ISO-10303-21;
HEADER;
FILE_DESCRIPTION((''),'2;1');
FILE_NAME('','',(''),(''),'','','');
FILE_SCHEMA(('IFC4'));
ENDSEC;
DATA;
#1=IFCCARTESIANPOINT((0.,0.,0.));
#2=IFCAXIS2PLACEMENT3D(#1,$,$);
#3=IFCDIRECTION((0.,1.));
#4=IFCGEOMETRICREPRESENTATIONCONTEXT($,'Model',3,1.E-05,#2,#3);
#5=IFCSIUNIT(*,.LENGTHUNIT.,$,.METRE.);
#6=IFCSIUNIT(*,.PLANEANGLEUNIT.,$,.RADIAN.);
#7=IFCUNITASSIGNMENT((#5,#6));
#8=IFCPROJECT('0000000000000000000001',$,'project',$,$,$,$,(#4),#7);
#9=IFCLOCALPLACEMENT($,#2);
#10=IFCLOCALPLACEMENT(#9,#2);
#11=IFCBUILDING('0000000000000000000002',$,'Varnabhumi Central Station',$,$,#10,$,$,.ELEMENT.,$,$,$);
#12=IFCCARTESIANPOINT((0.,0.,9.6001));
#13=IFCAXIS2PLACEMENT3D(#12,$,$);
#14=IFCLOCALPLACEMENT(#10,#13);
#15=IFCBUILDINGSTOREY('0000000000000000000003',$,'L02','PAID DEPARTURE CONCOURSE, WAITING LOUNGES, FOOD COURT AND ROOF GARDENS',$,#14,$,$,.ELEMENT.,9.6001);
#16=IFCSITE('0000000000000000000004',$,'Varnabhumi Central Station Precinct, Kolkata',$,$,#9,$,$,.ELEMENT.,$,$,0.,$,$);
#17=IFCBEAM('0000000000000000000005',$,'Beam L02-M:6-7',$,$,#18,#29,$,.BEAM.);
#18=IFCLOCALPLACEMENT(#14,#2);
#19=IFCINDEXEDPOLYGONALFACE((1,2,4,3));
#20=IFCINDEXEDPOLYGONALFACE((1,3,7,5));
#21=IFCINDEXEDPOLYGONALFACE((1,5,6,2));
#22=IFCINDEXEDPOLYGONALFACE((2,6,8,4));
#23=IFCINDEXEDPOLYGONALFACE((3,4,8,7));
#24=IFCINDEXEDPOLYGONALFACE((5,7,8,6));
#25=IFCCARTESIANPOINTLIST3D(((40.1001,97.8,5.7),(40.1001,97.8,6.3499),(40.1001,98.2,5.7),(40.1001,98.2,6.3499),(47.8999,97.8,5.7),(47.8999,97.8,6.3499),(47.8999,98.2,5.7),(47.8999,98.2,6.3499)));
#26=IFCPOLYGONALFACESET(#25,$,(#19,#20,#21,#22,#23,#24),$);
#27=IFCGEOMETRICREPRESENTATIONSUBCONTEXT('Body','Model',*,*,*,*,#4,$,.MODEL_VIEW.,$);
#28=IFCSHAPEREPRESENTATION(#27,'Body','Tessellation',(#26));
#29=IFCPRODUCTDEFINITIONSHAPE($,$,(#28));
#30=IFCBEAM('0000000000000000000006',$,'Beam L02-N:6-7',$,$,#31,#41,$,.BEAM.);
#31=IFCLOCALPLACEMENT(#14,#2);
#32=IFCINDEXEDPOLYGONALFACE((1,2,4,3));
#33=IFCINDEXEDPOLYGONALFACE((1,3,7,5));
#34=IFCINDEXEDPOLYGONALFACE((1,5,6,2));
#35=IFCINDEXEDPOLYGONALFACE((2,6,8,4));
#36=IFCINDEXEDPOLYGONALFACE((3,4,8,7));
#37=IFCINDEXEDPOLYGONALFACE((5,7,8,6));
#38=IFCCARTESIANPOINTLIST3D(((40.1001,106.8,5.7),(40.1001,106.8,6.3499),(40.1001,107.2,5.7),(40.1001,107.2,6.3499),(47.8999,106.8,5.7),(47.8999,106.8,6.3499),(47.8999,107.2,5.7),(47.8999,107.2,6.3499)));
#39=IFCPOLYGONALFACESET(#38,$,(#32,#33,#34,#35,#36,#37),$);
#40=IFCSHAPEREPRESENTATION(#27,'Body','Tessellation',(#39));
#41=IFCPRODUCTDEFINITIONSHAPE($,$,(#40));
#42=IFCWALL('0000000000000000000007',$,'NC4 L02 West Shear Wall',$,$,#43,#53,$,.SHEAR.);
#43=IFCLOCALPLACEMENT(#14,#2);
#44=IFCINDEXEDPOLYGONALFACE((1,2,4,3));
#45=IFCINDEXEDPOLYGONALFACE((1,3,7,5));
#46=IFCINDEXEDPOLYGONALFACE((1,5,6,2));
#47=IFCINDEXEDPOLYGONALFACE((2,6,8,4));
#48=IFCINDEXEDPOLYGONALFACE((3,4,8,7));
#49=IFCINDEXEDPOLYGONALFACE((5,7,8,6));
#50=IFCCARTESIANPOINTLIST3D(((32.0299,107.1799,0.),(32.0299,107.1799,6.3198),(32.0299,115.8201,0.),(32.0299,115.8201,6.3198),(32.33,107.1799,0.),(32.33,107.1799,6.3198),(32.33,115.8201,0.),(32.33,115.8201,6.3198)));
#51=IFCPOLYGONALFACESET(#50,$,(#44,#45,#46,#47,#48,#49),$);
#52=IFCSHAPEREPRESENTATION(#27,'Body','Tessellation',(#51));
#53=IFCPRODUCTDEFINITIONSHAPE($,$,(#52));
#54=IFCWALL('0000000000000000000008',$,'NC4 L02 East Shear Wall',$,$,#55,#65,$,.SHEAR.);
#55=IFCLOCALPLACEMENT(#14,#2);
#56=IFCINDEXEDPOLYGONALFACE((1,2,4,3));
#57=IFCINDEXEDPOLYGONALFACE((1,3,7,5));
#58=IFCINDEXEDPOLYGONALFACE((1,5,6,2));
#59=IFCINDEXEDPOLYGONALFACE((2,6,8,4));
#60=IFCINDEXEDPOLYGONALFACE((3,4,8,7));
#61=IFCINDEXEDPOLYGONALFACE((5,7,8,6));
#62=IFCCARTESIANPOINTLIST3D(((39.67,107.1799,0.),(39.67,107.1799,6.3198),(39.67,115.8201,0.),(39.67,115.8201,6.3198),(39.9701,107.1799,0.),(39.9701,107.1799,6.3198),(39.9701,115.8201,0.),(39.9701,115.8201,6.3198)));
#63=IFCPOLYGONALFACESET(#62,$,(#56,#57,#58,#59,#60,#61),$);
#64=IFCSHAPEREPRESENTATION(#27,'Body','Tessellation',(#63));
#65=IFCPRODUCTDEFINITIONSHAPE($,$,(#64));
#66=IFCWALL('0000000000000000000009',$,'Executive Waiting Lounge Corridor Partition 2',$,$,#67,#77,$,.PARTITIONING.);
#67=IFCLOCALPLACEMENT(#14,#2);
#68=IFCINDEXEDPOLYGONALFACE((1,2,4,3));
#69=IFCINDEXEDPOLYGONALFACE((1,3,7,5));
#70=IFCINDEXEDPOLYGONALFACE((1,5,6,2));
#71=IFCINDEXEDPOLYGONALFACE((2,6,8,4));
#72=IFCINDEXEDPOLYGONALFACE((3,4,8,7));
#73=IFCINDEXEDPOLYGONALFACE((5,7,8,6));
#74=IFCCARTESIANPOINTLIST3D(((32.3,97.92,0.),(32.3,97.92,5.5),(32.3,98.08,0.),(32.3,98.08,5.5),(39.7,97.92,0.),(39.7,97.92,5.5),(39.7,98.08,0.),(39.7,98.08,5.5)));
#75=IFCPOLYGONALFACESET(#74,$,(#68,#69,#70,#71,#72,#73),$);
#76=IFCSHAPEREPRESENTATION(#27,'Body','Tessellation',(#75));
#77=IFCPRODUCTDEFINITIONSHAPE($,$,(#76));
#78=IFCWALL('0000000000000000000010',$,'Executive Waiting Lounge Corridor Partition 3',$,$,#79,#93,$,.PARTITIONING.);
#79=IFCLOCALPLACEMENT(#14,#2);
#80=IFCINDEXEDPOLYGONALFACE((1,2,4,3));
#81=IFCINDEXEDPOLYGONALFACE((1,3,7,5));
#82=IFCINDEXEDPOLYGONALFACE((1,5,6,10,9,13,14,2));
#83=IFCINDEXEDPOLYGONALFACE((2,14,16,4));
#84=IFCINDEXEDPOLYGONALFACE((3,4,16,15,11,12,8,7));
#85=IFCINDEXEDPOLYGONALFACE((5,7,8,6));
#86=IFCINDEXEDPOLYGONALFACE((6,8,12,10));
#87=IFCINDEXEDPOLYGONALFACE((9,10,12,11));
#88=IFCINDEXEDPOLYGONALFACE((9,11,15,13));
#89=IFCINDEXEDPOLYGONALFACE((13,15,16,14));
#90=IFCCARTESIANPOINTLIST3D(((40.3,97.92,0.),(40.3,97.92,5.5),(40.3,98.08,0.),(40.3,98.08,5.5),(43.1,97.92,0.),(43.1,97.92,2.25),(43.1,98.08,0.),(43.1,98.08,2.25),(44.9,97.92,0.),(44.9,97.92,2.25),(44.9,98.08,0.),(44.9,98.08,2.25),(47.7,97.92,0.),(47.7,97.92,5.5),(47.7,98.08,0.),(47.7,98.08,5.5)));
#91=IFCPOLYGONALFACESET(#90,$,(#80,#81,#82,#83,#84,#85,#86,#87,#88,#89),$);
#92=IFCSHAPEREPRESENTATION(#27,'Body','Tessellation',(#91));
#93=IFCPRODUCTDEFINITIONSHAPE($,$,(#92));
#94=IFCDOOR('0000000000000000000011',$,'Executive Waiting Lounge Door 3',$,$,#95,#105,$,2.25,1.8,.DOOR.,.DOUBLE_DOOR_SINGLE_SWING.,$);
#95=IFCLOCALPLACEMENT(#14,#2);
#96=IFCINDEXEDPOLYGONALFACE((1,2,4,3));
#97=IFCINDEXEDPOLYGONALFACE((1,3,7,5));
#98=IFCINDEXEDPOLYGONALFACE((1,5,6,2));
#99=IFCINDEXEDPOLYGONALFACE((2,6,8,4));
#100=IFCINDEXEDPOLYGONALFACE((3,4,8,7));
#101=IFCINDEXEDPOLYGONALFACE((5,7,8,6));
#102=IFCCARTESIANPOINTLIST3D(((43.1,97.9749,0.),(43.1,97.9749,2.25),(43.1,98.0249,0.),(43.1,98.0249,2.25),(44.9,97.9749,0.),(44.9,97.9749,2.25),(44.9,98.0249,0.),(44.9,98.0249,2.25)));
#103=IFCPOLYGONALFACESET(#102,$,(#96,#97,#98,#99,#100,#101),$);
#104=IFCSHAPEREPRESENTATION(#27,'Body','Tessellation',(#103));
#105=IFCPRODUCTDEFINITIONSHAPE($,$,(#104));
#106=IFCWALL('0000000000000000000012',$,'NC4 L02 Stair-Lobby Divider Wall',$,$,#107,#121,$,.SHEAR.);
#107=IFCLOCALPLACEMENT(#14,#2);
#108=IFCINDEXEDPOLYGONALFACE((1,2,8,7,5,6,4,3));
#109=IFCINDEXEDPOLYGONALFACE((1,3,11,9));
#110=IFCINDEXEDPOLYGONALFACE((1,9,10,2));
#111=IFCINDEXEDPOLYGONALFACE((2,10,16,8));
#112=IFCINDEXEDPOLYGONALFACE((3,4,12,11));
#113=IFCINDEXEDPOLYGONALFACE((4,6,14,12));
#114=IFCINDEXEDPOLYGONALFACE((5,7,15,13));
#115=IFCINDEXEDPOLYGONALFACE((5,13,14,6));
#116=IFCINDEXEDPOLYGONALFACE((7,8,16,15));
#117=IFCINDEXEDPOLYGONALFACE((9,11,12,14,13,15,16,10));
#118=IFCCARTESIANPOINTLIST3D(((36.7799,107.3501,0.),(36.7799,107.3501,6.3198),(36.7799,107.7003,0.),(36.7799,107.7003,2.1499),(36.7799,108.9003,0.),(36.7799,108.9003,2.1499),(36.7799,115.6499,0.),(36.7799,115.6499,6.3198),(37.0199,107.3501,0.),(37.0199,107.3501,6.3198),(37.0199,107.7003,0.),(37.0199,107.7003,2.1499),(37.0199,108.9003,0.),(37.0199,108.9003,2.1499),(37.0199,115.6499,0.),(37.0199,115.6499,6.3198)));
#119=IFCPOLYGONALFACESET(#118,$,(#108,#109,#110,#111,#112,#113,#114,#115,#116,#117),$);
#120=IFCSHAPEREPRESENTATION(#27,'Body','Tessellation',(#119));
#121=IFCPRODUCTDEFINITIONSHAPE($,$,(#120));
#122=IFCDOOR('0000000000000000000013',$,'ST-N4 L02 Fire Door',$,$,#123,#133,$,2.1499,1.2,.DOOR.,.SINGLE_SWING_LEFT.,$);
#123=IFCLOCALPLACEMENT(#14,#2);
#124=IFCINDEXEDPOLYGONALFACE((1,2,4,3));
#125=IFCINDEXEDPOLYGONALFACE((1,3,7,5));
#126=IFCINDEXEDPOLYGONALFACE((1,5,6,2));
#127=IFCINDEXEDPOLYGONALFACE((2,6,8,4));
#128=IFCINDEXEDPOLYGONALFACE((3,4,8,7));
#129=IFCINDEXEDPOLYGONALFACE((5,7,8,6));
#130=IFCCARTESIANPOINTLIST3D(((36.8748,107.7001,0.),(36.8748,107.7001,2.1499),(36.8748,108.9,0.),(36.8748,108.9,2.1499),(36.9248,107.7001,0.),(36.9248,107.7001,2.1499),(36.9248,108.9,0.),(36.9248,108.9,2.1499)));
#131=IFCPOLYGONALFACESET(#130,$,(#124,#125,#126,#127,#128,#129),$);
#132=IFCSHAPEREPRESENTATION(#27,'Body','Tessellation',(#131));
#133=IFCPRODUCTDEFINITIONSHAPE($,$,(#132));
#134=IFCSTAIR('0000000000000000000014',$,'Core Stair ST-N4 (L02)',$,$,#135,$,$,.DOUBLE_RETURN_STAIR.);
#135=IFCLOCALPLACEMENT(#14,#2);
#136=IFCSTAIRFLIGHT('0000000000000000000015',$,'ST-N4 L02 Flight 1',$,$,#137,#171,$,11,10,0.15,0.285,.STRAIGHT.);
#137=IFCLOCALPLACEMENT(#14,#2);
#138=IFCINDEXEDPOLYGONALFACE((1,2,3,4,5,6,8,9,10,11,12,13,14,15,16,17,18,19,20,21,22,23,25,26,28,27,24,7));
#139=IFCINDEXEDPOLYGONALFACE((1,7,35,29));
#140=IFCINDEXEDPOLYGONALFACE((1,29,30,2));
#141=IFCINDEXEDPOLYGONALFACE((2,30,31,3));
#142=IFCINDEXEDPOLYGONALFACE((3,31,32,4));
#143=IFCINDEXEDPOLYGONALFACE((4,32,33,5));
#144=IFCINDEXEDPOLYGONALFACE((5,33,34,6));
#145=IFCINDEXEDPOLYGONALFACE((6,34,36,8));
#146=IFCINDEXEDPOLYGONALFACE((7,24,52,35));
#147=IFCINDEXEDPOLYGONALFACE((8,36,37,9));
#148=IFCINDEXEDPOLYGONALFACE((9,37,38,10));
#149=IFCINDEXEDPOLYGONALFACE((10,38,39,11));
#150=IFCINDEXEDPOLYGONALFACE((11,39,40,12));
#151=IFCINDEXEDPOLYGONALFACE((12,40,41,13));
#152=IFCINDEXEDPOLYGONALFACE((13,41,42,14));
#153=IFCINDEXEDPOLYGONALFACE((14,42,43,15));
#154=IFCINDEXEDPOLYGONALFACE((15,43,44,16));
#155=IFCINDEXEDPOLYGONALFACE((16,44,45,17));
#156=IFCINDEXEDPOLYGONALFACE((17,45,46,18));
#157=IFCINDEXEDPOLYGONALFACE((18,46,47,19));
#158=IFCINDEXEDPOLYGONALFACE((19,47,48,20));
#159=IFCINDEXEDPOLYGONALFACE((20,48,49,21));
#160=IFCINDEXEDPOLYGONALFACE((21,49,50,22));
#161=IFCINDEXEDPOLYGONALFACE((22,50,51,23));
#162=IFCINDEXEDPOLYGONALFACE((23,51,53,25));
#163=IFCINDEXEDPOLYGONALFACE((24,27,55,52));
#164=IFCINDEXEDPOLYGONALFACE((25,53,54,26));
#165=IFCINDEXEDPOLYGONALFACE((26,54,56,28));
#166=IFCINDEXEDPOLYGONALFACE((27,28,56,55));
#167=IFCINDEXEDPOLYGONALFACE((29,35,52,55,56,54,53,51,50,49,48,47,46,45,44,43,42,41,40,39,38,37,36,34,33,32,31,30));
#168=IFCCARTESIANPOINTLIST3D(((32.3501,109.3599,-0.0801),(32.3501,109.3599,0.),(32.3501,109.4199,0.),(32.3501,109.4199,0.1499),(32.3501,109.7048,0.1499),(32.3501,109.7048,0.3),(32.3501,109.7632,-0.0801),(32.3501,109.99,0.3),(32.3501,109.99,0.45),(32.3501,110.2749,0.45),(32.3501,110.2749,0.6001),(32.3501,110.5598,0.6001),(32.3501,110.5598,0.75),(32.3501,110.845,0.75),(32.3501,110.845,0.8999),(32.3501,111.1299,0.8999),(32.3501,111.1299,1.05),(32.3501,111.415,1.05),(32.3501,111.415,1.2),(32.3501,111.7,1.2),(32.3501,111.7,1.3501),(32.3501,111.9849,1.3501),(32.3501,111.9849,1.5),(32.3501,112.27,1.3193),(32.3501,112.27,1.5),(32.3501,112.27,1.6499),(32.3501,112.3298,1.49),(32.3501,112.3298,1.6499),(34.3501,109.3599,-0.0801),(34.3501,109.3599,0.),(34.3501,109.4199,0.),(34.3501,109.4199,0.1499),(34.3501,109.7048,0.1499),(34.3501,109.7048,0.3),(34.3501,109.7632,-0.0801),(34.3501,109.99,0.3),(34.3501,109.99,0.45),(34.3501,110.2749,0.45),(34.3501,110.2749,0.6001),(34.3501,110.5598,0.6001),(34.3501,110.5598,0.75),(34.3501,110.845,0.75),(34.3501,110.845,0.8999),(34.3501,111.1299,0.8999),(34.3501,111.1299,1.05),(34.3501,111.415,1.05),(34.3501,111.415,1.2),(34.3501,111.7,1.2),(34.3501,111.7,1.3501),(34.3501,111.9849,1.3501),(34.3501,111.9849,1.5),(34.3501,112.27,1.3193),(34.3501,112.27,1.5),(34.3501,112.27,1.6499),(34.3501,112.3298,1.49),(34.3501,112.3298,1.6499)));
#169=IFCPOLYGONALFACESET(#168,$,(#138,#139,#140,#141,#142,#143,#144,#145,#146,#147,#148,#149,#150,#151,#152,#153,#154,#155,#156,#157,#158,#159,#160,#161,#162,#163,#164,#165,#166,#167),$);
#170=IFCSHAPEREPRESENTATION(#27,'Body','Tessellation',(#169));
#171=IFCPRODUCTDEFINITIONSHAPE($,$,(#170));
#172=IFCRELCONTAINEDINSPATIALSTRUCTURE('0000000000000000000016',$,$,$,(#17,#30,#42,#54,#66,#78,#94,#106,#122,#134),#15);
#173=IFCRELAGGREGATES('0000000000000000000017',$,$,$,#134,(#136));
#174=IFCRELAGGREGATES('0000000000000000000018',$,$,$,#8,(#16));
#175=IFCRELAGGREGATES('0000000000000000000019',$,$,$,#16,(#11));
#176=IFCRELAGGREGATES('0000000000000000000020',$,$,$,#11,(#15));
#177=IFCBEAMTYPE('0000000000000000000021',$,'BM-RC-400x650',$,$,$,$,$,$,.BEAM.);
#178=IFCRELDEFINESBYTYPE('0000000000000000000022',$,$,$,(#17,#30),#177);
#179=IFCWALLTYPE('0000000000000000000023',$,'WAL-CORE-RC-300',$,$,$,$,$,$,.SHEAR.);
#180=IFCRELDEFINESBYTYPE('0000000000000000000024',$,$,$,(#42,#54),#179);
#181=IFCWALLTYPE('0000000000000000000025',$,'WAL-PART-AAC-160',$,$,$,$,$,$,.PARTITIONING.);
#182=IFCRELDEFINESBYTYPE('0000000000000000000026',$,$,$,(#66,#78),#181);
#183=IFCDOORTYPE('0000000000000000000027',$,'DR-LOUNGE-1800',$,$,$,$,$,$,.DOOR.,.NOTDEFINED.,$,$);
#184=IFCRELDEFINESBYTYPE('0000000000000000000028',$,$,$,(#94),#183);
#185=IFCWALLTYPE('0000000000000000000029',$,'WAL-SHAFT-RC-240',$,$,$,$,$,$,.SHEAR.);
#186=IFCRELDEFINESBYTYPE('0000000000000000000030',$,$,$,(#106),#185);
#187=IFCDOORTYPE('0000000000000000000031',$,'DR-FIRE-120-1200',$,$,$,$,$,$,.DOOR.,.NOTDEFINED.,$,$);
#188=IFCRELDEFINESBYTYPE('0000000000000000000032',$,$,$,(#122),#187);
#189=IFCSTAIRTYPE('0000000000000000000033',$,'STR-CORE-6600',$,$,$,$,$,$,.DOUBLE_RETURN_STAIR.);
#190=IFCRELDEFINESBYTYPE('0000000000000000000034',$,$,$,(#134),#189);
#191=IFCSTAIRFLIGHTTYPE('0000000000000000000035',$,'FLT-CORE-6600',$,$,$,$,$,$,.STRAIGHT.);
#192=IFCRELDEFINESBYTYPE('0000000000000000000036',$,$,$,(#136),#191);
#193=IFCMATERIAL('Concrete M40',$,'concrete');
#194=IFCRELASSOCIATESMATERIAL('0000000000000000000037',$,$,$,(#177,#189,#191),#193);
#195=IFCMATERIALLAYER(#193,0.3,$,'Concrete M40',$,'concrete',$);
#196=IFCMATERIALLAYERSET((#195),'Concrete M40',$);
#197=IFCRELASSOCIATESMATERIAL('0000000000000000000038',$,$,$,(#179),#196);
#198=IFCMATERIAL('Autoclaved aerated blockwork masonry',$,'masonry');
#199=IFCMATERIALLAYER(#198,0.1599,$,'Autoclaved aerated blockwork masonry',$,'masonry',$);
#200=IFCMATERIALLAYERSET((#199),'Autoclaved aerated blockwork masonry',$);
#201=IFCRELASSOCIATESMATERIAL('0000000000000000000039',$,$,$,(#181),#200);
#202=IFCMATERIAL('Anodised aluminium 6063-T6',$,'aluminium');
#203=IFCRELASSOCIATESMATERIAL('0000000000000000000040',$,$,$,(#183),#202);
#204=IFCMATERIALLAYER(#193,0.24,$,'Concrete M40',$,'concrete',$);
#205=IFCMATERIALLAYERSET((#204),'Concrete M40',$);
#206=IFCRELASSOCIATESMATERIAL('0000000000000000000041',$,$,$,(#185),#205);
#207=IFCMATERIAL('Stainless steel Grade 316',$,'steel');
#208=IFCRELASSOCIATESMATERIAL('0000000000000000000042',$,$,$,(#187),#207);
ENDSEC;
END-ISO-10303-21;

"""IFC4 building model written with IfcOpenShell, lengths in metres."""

from ifc_helpers import new_model, si_unit, direction, frame, frame_2d, origin, origin_2d, place, context, subcontext, project, spatial, polyline, rectangle, outline, extrude, material, layer, layer_set, material_profile, profile_set, type_object, element, fill, aggregate, save


model = new_model("IFC4")

# Units and contexts
model_context = context("Model", 3, precision=1e-05, world=origin(), true_north=direction((0.0, 1.0)))
body_context = subcontext(model_context, "Body", "Model", "MODEL_VIEW")
ifc_project = project(units=[si_unit("LENGTHUNIT", "METRE"), si_unit("PLANEANGLEUNIT", "RADIAN")], contexts=[model_context])

# Site, building, storey
site_placement = place(None, origin())
site = spatial("IfcSite", under=ifc_project, at=site_placement, Name="Varnabhumi Central Station Precinct, Kolkata", CompositionType="ELEMENT", RefElevation=0.0)
building_placement = place(site_placement, origin())
building = spatial("IfcBuilding", under=site, at=building_placement, Name="Varnabhumi Central Station", CompositionType="ELEMENT")
storey_placement = place(building_placement, frame((0.0, 0.0, 9.6001)))
storey = spatial("IfcBuildingStorey", under=building, at=storey_placement, Name="L02", Description="PAID DEPARTURE CONCOURSE, WAITING LOUNGES, FOOD COURT AND ROOF GARDENS", CompositionType="ELEMENT", Elevation=9.6001)

# Shared definitions
ifc_material_1 = material(Name="Concrete M40", Category="concrete")

# Beams
ifc_material_profile_1 = material_profile(ifc_material_1, rectangle(XDim=0.3999, YDim=0.6499, at=origin_2d()), Name="Concrete M40", Category="concrete")
ifc_profile_set_1 = profile_set([ifc_material_profile_1], Name="Concrete M40")
beam_type_1 = type_object("IfcBeamType", Name="BM-RC-400x650", PredefinedType="BEAM", material=ifc_profile_set_1)
for number, where, z_axis, x_axis, name in (
    (1, (40.1001, 98.0, 6.0249), (1.0, 0.0, 0.0), (0.0, 1.0, 0.0), "Beam L02-M:6-7"),
    (2, (40.1001, 107.0, 6.0249), (1.0, 0.0, 0.0), (0.0, 1.0, 0.0), "Beam L02-N:6-7"),
):
    element("IfcBeam", number, at=place(storey_placement, frame(where, z_axis=z_axis, x_axis=x_axis)), inside=storey, type_object=beam_type_1, Name=name, PredefinedType="BEAM", context=body_context, shape_type="SweptSolid", body=[
        extrude(rectangle(XDim=0.3999, YDim=0.6499, at=origin_2d()), origin(), (0.0, 0.0, 1.0), 7.7998),
    ])

# Walls
ifc_layer_1 = layer(ifc_material_1, 0.3, Name="Concrete M40", Category="concrete")
ifc_layer_set_1 = layer_set([ifc_layer_1], Name="Concrete M40")
wall_type_1 = type_object("IfcWallType", Name="WAL-CORE-RC-300", PredefinedType="SHEAR", material=ifc_layer_set_1)
for number, where, z_axis, x_axis, name in (
    (3, (32.1799, 107.1799, 0.0), (0.0, 0.0, 1.0), (0.0, 1.0, 0.0), "NC4 L02 West Shear Wall"),
    (4, (39.8201, 107.1799, 0.0), (0.0, 0.0, 1.0), (0.0, 1.0, 0.0), "NC4 L02 East Shear Wall"),
):
    element("IfcWall", number, at=place(storey_placement, frame(where, z_axis=z_axis, x_axis=x_axis)), inside=storey, type_object=wall_type_1, Name=name, PredefinedType="SHEAR", context=body_context, shape_type="SweptSolid", body=[
        extrude(rectangle(XDim=8.6401, YDim=0.3, at=frame_2d((4.3201, 0.0))), origin(), (0.0, 0.0, 1.0), 6.3198),
    ])
ifc_material_2 = material(Name="Autoclaved aerated blockwork masonry", Category="masonry")
ifc_layer_2 = layer(ifc_material_2, 0.1599, Name="Autoclaved aerated blockwork masonry", Category="masonry")
ifc_layer_set_2 = layer_set([ifc_layer_2], Name="Autoclaved aerated blockwork masonry")
wall_type_2 = type_object("IfcWallType", Name="WAL-PART-AAC-160", PredefinedType="PARTITIONING", material=ifc_layer_set_2)
wall_1_placement = place(storey_placement, frame((32.3, 98.0, 0.0), z_axis=(0.0, 0.0, 1.0), x_axis=(1.0, 0.0, 0.0)))
element("IfcWall", 5, at=wall_1_placement, inside=storey, type_object=wall_type_2, Name="Executive Waiting Lounge Corridor Partition 2", PredefinedType="PARTITIONING", context=body_context, shape_type="SweptSolid", body=[
    extrude(rectangle(XDim=7.3999, YDim=0.1599, at=frame_2d((3.7, 0.0))), origin(), (0.0, 0.0, 1.0), 5.5),
])

# Walls, openings, doors
wall_2_placement = place(storey_placement, frame((40.3, 98.0, 0.0), z_axis=(0.0, 0.0, 1.0), x_axis=(1.0, 0.0, 0.0)))
wall_2 = element("IfcWall", 6, at=wall_2_placement, inside=storey, type_object=wall_type_2, Name="Executive Waiting Lounge Corridor Partition 3", PredefinedType="PARTITIONING", context=body_context, shape_type="SweptSolid", body=[
    extrude(rectangle(XDim=7.3999, YDim=0.1599, at=frame_2d((3.7, 0.0))), origin(), (0.0, 0.0, 1.0), 5.5),
])
opening_1_placement = place(wall_2_placement, frame((2.8, 0.0, 0.0)))
opening_1 = element("IfcOpeningElement", 7, at=opening_1_placement, cuts=wall_2, PredefinedType="OPENING", context=body_context, shape_type="SweptSolid", body=[
    extrude(rectangle(XDim=1.8, YDim=2.25, at=frame_2d((0.8999, 1.125))), frame((0.0, 0.0898, 0.0), z_axis=(0.0, -1.0, 0.0), x_axis=(1.0, 0.0, 0.0)), (0.0, 0.0, 1.0), 0.1799),
])
ifc_material_3 = material(Name="Anodised aluminium 6063-T6", Category="aluminium")
door_type_1 = type_object("IfcDoorType", Name="DR-LOUNGE-1800", OperationType="NOTDEFINED", PredefinedType="DOOR", material=ifc_material_3)
door_1_placement = place(opening_1_placement, origin())
door_1 = element("IfcDoor", 8, at=door_1_placement, inside=storey, type_object=door_type_1, Name="Executive Waiting Lounge Door 3", OperationType="DOUBLE_DOOR_SINGLE_SWING", OverallHeight=2.25, OverallWidth=1.8, PredefinedType="DOOR", context=body_context, shape_type="SweptSolid", body=[
    extrude(rectangle(XDim=1.8, YDim=2.25, at=frame_2d((0.8999, 1.125))), frame((0.0, 0.0249, 0.0), z_axis=(0.0, -1.0, 0.0), x_axis=(1.0, 0.0, 0.0)), (0.0, 0.0, 1.0), 0.05),
])
fill(opening_1, door_1)
ifc_layer_3 = layer(ifc_material_1, 0.24, Name="Concrete M40", Category="concrete")
ifc_layer_set_3 = layer_set([ifc_layer_3], Name="Concrete M40")
wall_type_3 = type_object("IfcWallType", Name="WAL-SHAFT-RC-240", PredefinedType="SHEAR", material=ifc_layer_set_3)
wall_3_placement = place(storey_placement, frame((36.8999, 107.3501, 0.0), z_axis=(0.0, 0.0, 1.0), x_axis=(0.0, 1.0, 0.0)))
wall_3 = element("IfcWall", 9, at=wall_3_placement, inside=storey, type_object=wall_type_3, Name="NC4 L02 Stair-Lobby Divider Wall", PredefinedType="SHEAR", context=body_context, shape_type="SweptSolid", body=[
    extrude(rectangle(XDim=8.2998, YDim=0.24, at=frame_2d((4.1499, 0.0))), origin(), (0.0, 0.0, 1.0), 6.3198),
])
opening_2_placement = place(wall_3_placement, frame((0.3501, 0.0, 0.0)))
opening_2 = element("IfcOpeningElement", 10, at=opening_2_placement, cuts=wall_3, PredefinedType="OPENING", context=body_context, shape_type="SweptSolid", body=[
    extrude(rectangle(XDim=1.2, YDim=2.1499, at=frame_2d((0.6001, 1.075))), frame((0.0, 0.1299, 0.0), z_axis=(0.0, -1.0, 0.0), x_axis=(1.0, 0.0, 0.0)), (0.0, 0.0, 1.0), 0.26),
])
ifc_material_4 = material(Name="Stainless steel Grade 316", Category="steel")
door_type_2 = type_object("IfcDoorType", Name="DR-FIRE-120-1200", OperationType="NOTDEFINED", PredefinedType="DOOR", material=ifc_material_4)
door_2_placement = place(opening_2_placement, frame((1.2, 0.0, 0.0), z_axis=(0.0, 0.0, 1.0), x_axis=(-1.0, 0.0, 0.0)))
door_2 = element("IfcDoor", 11, at=door_2_placement, inside=storey, type_object=door_type_2, Name="ST-N4 L02 Fire Door", OperationType="SINGLE_SWING_LEFT", OverallHeight=2.1499, OverallWidth=1.2, PredefinedType="DOOR", context=body_context, shape_type="SweptSolid", body=[
    extrude(rectangle(XDim=1.2, YDim=2.1499, at=frame_2d((0.6001, 1.075))), frame((0.0, 0.0249, 0.0), z_axis=(0.0, -1.0, 0.0), x_axis=(1.0, 0.0, 0.0)), (0.0, 0.0, 1.0), 0.05),
])
fill(opening_2, door_2)

# Stair, stair flight
stair_type = type_object("IfcStairType", Name="STR-CORE-6600", PredefinedType="DOUBLE_RETURN_STAIR", material=ifc_material_1)
stair_placement = place(storey_placement, origin())
stair = element("IfcStair", 12, at=stair_placement, inside=storey, type_object=stair_type, Name="Core Stair ST-N4 (L02)", PredefinedType="DOUBLE_RETURN_STAIR")
stair_flight_type = type_object("IfcStairFlightType", Name="FLT-CORE-6600", PredefinedType="STRAIGHT", material=ifc_material_1)
stair_flight_1_placement = place(storey_placement, frame((33.3501, 109.4199, 0.0), z_axis=(0.0, 0.0, 1.0), x_axis=(0.0, 1.0, 0.0)))
stair_flight_1 = element("IfcStairFlight", 13, at=stair_flight_1_placement, type_object=stair_flight_type, Name="ST-N4 L02 Flight 1", NumberOfRisers=11, NumberOfTreads=10, PredefinedType="STRAIGHT", RiserHeight=0.15, TreadLength=0.285, context=body_context, shape_type="SweptSolid", body=[
    extrude(outline(polyline([(-0.0601, -0.0801), (-0.0601, 0.0), (0.0, 0.0), (0.0, 0.1499), (0.2849, 0.1499), (0.2849, 0.3), (0.5701, 0.3), (0.5701, 0.45), (0.855, 0.45), (0.855, 0.6001), (1.1399, 0.6001), (1.1399, 0.75), (1.425, 0.75), (1.425, 0.8999), (1.71, 0.8999), (1.71, 1.05), (1.9951, 1.05), (1.9951, 1.2), (2.28, 1.2), (2.28, 1.3501), (2.5649, 1.3501), (2.5649, 1.5), (2.8501, 1.5), (2.8501, 1.6499), (2.9099, 1.6499), (2.9099, 1.49), (2.8501, 1.3193), (0.3433, -0.0801), (-0.0601, -0.0801)])), frame((0.0, 1.0, 0.0), z_axis=(0.0, -1.0, 0.0), x_axis=(1.0, 0.0, 0.0)), (0.0, 0.0, 1.0), 2.0),
])
aggregate(stair, [stair_flight_1])

save(model, "model.ifc")
